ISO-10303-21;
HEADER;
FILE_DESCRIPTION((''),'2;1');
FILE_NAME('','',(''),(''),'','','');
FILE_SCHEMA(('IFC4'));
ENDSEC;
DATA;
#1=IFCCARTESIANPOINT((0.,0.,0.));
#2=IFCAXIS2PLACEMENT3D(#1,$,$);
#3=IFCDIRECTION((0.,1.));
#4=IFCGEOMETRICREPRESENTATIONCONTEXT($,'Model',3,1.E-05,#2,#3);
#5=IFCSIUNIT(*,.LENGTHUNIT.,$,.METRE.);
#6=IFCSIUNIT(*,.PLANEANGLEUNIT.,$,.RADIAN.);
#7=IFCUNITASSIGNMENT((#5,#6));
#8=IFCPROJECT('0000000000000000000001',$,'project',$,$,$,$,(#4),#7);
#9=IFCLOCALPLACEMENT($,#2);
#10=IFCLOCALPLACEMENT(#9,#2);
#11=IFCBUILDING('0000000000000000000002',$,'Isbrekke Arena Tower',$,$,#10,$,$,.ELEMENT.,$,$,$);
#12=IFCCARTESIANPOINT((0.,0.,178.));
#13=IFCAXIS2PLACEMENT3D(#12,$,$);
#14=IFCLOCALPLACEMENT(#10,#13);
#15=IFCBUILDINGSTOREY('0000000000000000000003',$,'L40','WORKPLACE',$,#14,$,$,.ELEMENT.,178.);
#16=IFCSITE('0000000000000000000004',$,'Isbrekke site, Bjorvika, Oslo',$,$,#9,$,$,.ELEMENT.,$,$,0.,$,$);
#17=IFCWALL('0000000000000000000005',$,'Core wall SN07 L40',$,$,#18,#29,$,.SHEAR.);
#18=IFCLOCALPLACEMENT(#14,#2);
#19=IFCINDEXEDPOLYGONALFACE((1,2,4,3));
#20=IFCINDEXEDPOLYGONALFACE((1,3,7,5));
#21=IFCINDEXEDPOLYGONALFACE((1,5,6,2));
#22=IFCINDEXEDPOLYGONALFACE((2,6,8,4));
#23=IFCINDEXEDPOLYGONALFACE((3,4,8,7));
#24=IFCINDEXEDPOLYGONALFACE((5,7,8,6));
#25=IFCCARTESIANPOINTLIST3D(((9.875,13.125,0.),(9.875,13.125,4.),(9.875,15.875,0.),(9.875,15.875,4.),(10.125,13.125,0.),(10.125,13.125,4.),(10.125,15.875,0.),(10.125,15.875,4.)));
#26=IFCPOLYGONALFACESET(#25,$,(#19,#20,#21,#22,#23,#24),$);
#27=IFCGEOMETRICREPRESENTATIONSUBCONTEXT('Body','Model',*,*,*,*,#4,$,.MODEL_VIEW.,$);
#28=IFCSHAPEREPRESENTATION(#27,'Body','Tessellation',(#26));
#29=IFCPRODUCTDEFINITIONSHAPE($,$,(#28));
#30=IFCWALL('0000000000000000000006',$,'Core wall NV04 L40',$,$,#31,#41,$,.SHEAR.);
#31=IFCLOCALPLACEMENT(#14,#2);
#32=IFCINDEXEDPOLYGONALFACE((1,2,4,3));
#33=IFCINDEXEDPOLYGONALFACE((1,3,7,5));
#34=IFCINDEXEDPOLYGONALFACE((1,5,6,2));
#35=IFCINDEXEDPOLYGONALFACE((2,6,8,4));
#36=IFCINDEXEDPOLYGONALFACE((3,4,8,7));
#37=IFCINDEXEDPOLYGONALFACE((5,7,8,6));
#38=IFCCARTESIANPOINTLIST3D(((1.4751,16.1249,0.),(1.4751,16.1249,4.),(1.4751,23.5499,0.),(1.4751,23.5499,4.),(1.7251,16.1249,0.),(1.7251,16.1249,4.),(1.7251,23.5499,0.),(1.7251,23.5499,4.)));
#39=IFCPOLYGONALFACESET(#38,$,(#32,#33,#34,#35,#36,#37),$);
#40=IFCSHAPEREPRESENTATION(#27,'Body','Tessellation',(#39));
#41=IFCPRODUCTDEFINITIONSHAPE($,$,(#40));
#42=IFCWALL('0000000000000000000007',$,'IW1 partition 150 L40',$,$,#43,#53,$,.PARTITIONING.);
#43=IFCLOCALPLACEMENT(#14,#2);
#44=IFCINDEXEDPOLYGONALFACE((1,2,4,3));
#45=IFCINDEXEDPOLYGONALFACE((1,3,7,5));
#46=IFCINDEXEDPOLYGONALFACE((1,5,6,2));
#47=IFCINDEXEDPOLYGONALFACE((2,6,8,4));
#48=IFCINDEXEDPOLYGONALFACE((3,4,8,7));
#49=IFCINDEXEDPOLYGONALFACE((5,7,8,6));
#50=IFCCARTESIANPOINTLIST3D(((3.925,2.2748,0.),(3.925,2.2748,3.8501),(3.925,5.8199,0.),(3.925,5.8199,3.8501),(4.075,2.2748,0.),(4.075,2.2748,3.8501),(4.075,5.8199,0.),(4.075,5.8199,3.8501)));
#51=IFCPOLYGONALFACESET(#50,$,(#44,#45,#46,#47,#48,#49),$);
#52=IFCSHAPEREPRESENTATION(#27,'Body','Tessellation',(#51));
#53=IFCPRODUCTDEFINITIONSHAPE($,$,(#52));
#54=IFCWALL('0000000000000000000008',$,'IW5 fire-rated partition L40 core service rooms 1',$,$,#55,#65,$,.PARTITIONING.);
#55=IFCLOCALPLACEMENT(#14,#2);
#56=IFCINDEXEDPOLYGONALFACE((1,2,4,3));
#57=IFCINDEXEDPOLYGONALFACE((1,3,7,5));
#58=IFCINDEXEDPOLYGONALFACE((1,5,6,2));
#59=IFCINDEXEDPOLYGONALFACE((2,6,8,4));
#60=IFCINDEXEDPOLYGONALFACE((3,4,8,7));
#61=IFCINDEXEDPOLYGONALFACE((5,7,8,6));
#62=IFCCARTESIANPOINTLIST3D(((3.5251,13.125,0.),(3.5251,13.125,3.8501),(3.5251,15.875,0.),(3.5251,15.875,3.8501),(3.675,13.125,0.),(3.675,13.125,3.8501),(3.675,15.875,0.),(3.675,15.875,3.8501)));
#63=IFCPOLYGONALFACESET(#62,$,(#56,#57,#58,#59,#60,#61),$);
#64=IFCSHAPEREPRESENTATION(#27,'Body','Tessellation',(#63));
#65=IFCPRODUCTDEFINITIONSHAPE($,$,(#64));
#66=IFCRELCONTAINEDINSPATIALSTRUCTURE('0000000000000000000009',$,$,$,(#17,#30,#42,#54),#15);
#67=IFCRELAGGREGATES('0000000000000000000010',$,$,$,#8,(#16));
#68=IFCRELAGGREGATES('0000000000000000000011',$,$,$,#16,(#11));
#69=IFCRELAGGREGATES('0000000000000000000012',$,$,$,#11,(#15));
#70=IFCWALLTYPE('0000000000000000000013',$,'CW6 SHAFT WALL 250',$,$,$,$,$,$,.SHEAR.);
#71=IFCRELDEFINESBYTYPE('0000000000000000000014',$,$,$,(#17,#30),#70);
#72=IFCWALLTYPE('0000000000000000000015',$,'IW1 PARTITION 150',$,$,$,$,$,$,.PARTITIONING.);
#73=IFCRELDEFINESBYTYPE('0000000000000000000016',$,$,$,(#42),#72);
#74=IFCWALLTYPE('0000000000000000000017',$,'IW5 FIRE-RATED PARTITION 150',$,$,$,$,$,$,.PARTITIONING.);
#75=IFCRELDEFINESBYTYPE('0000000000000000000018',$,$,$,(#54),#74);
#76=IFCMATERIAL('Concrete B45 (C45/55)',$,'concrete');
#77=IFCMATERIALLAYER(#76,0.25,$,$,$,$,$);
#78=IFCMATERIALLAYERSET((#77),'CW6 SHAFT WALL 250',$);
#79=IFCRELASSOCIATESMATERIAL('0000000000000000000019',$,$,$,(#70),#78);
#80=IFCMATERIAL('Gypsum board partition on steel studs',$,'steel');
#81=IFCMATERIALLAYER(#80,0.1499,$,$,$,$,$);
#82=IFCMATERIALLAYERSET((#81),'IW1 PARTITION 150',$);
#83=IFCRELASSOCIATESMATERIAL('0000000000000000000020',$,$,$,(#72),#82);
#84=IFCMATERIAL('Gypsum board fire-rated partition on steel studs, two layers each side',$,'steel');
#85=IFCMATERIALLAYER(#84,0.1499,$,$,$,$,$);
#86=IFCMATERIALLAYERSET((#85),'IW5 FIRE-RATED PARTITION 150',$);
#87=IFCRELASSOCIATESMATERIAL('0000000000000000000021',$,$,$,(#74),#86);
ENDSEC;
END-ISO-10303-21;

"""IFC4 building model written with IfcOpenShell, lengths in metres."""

from ifc_helpers import new_model, si_unit, direction, frame, frame_2d, origin, place, context, subcontext, project, spatial, rectangle, extrude, material, layer, layer_set, type_object, element, save


model = new_model("IFC4")

# Units and contexts
model_context = context("Model", 3, precision=1e-05, world=origin(), true_north=direction((0.0, 1.0)))
body_context = subcontext(model_context, "Body", "Model", "MODEL_VIEW")
ifc_project = project(units=[si_unit("LENGTHUNIT", "METRE"), si_unit("PLANEANGLEUNIT", "RADIAN")], contexts=[model_context])

# Site, building, storey
site_placement = place(None, origin())
site = spatial("IfcSite", under=ifc_project, at=site_placement, Name="Isbrekke site, Bjorvika, Oslo", CompositionType="ELEMENT", RefElevation=0.0)
building_placement = place(site_placement, origin())
building = spatial("IfcBuilding", under=site, at=building_placement, Name="Isbrekke Arena Tower", CompositionType="ELEMENT")
storey_placement = place(building_placement, frame((0.0, 0.0, 178.0)))
storey = spatial("IfcBuildingStorey", under=building, at=storey_placement, Name="L40", Description="WORKPLACE", CompositionType="ELEMENT", Elevation=178.0)

# Shared definitions
ifc_material_1 = material(Name="Concrete B45 (C45/55)", Category="concrete")
ifc_layer_1 = layer(ifc_material_1, 0.25)
ifc_layer_set_1 = layer_set([ifc_layer_1], Name="CW6 SHAFT WALL 250")
wall_type_1 = type_object("IfcWallType", Name="CW6 SHAFT WALL 250", PredefinedType="SHEAR", material=ifc_layer_set_1)

# Walls
wall_1_placement = place(storey_placement, frame((10.0, 13.125, 0.0), z_axis=(0.0, 0.0, 1.0), x_axis=(0.0, 1.0, 0.0)))
element("IfcWall", 1, at=wall_1_placement, inside=storey, type_object=wall_type_1, Name="Core wall SN07 L40", PredefinedType="SHEAR", context=body_context, shape_type="SweptSolid", body=[
    extrude(rectangle(XDim=2.75, YDim=0.25, at=frame_2d((1.375, 0.0))), origin(), (0.0, 0.0, 1.0), 4.0),
])
wall_2_placement = place(storey_placement, frame((1.6001, 16.125, 0.0), z_axis=(0.0, 0.0, 1.0), x_axis=(0.0, 1.0, 0.0)))
element("IfcWall", 2, at=wall_2_placement, inside=storey, type_object=wall_type_1, Name="Core wall NV04 L40", PredefinedType="SHEAR", context=body_context, shape_type="SweptSolid", body=[
    extrude(rectangle(XDim=7.425, YDim=0.25, at=frame_2d((3.7124, 0.0))), origin(), (0.0, 0.0, 1.0), 4.0),
])
ifc_material_2 = material(Name="Gypsum board partition on steel studs", Category="steel")
ifc_layer_2 = layer(ifc_material_2, 0.1499)
ifc_layer_set_2 = layer_set([ifc_layer_2], Name="IW1 PARTITION 150")
wall_type_2 = type_object("IfcWallType", Name="IW1 PARTITION 150", PredefinedType="PARTITIONING", material=ifc_layer_set_2)
wall_3_placement = place(storey_placement, frame((4.0, 2.2749, 0.0), z_axis=(0.0, 0.0, 1.0), x_axis=(0.0, 1.0, 0.0)))
element("IfcWall", 3, at=wall_3_placement, inside=storey, type_object=wall_type_2, Name="IW1 partition 150 L40", PredefinedType="PARTITIONING", context=body_context, shape_type="SweptSolid", body=[
    extrude(rectangle(XDim=3.5452, YDim=0.1499, at=frame_2d((1.7725, 0.0))), origin(), (0.0, 0.0, 1.0), 3.8501),
])
ifc_material_3 = material(Name="Gypsum board fire-rated partition on steel studs, two layers each side", Category="steel")
ifc_layer_3 = layer(ifc_material_3, 0.1499)
ifc_layer_set_3 = layer_set([ifc_layer_3], Name="IW5 FIRE-RATED PARTITION 150")
wall_type_3 = type_object("IfcWallType", Name="IW5 FIRE-RATED PARTITION 150", PredefinedType="PARTITIONING", material=ifc_layer_set_3)
wall_4_placement = place(storey_placement, frame((3.6001, 13.125, 0.0), z_axis=(0.0, 0.0, 1.0), x_axis=(0.0, 1.0, 0.0)))
element("IfcWall", 4, at=wall_4_placement, inside=storey, type_object=wall_type_3, Name="IW5 fire-rated partition L40 core service rooms 1", PredefinedType="PARTITIONING", context=body_context, shape_type="SweptSolid", body=[
    extrude(rectangle(XDim=2.75, YDim=0.1499, at=frame_2d((1.375, 0.0))), origin(), (0.0, 0.0, 1.0), 3.8501),
])

save(model, "model.ifc")
